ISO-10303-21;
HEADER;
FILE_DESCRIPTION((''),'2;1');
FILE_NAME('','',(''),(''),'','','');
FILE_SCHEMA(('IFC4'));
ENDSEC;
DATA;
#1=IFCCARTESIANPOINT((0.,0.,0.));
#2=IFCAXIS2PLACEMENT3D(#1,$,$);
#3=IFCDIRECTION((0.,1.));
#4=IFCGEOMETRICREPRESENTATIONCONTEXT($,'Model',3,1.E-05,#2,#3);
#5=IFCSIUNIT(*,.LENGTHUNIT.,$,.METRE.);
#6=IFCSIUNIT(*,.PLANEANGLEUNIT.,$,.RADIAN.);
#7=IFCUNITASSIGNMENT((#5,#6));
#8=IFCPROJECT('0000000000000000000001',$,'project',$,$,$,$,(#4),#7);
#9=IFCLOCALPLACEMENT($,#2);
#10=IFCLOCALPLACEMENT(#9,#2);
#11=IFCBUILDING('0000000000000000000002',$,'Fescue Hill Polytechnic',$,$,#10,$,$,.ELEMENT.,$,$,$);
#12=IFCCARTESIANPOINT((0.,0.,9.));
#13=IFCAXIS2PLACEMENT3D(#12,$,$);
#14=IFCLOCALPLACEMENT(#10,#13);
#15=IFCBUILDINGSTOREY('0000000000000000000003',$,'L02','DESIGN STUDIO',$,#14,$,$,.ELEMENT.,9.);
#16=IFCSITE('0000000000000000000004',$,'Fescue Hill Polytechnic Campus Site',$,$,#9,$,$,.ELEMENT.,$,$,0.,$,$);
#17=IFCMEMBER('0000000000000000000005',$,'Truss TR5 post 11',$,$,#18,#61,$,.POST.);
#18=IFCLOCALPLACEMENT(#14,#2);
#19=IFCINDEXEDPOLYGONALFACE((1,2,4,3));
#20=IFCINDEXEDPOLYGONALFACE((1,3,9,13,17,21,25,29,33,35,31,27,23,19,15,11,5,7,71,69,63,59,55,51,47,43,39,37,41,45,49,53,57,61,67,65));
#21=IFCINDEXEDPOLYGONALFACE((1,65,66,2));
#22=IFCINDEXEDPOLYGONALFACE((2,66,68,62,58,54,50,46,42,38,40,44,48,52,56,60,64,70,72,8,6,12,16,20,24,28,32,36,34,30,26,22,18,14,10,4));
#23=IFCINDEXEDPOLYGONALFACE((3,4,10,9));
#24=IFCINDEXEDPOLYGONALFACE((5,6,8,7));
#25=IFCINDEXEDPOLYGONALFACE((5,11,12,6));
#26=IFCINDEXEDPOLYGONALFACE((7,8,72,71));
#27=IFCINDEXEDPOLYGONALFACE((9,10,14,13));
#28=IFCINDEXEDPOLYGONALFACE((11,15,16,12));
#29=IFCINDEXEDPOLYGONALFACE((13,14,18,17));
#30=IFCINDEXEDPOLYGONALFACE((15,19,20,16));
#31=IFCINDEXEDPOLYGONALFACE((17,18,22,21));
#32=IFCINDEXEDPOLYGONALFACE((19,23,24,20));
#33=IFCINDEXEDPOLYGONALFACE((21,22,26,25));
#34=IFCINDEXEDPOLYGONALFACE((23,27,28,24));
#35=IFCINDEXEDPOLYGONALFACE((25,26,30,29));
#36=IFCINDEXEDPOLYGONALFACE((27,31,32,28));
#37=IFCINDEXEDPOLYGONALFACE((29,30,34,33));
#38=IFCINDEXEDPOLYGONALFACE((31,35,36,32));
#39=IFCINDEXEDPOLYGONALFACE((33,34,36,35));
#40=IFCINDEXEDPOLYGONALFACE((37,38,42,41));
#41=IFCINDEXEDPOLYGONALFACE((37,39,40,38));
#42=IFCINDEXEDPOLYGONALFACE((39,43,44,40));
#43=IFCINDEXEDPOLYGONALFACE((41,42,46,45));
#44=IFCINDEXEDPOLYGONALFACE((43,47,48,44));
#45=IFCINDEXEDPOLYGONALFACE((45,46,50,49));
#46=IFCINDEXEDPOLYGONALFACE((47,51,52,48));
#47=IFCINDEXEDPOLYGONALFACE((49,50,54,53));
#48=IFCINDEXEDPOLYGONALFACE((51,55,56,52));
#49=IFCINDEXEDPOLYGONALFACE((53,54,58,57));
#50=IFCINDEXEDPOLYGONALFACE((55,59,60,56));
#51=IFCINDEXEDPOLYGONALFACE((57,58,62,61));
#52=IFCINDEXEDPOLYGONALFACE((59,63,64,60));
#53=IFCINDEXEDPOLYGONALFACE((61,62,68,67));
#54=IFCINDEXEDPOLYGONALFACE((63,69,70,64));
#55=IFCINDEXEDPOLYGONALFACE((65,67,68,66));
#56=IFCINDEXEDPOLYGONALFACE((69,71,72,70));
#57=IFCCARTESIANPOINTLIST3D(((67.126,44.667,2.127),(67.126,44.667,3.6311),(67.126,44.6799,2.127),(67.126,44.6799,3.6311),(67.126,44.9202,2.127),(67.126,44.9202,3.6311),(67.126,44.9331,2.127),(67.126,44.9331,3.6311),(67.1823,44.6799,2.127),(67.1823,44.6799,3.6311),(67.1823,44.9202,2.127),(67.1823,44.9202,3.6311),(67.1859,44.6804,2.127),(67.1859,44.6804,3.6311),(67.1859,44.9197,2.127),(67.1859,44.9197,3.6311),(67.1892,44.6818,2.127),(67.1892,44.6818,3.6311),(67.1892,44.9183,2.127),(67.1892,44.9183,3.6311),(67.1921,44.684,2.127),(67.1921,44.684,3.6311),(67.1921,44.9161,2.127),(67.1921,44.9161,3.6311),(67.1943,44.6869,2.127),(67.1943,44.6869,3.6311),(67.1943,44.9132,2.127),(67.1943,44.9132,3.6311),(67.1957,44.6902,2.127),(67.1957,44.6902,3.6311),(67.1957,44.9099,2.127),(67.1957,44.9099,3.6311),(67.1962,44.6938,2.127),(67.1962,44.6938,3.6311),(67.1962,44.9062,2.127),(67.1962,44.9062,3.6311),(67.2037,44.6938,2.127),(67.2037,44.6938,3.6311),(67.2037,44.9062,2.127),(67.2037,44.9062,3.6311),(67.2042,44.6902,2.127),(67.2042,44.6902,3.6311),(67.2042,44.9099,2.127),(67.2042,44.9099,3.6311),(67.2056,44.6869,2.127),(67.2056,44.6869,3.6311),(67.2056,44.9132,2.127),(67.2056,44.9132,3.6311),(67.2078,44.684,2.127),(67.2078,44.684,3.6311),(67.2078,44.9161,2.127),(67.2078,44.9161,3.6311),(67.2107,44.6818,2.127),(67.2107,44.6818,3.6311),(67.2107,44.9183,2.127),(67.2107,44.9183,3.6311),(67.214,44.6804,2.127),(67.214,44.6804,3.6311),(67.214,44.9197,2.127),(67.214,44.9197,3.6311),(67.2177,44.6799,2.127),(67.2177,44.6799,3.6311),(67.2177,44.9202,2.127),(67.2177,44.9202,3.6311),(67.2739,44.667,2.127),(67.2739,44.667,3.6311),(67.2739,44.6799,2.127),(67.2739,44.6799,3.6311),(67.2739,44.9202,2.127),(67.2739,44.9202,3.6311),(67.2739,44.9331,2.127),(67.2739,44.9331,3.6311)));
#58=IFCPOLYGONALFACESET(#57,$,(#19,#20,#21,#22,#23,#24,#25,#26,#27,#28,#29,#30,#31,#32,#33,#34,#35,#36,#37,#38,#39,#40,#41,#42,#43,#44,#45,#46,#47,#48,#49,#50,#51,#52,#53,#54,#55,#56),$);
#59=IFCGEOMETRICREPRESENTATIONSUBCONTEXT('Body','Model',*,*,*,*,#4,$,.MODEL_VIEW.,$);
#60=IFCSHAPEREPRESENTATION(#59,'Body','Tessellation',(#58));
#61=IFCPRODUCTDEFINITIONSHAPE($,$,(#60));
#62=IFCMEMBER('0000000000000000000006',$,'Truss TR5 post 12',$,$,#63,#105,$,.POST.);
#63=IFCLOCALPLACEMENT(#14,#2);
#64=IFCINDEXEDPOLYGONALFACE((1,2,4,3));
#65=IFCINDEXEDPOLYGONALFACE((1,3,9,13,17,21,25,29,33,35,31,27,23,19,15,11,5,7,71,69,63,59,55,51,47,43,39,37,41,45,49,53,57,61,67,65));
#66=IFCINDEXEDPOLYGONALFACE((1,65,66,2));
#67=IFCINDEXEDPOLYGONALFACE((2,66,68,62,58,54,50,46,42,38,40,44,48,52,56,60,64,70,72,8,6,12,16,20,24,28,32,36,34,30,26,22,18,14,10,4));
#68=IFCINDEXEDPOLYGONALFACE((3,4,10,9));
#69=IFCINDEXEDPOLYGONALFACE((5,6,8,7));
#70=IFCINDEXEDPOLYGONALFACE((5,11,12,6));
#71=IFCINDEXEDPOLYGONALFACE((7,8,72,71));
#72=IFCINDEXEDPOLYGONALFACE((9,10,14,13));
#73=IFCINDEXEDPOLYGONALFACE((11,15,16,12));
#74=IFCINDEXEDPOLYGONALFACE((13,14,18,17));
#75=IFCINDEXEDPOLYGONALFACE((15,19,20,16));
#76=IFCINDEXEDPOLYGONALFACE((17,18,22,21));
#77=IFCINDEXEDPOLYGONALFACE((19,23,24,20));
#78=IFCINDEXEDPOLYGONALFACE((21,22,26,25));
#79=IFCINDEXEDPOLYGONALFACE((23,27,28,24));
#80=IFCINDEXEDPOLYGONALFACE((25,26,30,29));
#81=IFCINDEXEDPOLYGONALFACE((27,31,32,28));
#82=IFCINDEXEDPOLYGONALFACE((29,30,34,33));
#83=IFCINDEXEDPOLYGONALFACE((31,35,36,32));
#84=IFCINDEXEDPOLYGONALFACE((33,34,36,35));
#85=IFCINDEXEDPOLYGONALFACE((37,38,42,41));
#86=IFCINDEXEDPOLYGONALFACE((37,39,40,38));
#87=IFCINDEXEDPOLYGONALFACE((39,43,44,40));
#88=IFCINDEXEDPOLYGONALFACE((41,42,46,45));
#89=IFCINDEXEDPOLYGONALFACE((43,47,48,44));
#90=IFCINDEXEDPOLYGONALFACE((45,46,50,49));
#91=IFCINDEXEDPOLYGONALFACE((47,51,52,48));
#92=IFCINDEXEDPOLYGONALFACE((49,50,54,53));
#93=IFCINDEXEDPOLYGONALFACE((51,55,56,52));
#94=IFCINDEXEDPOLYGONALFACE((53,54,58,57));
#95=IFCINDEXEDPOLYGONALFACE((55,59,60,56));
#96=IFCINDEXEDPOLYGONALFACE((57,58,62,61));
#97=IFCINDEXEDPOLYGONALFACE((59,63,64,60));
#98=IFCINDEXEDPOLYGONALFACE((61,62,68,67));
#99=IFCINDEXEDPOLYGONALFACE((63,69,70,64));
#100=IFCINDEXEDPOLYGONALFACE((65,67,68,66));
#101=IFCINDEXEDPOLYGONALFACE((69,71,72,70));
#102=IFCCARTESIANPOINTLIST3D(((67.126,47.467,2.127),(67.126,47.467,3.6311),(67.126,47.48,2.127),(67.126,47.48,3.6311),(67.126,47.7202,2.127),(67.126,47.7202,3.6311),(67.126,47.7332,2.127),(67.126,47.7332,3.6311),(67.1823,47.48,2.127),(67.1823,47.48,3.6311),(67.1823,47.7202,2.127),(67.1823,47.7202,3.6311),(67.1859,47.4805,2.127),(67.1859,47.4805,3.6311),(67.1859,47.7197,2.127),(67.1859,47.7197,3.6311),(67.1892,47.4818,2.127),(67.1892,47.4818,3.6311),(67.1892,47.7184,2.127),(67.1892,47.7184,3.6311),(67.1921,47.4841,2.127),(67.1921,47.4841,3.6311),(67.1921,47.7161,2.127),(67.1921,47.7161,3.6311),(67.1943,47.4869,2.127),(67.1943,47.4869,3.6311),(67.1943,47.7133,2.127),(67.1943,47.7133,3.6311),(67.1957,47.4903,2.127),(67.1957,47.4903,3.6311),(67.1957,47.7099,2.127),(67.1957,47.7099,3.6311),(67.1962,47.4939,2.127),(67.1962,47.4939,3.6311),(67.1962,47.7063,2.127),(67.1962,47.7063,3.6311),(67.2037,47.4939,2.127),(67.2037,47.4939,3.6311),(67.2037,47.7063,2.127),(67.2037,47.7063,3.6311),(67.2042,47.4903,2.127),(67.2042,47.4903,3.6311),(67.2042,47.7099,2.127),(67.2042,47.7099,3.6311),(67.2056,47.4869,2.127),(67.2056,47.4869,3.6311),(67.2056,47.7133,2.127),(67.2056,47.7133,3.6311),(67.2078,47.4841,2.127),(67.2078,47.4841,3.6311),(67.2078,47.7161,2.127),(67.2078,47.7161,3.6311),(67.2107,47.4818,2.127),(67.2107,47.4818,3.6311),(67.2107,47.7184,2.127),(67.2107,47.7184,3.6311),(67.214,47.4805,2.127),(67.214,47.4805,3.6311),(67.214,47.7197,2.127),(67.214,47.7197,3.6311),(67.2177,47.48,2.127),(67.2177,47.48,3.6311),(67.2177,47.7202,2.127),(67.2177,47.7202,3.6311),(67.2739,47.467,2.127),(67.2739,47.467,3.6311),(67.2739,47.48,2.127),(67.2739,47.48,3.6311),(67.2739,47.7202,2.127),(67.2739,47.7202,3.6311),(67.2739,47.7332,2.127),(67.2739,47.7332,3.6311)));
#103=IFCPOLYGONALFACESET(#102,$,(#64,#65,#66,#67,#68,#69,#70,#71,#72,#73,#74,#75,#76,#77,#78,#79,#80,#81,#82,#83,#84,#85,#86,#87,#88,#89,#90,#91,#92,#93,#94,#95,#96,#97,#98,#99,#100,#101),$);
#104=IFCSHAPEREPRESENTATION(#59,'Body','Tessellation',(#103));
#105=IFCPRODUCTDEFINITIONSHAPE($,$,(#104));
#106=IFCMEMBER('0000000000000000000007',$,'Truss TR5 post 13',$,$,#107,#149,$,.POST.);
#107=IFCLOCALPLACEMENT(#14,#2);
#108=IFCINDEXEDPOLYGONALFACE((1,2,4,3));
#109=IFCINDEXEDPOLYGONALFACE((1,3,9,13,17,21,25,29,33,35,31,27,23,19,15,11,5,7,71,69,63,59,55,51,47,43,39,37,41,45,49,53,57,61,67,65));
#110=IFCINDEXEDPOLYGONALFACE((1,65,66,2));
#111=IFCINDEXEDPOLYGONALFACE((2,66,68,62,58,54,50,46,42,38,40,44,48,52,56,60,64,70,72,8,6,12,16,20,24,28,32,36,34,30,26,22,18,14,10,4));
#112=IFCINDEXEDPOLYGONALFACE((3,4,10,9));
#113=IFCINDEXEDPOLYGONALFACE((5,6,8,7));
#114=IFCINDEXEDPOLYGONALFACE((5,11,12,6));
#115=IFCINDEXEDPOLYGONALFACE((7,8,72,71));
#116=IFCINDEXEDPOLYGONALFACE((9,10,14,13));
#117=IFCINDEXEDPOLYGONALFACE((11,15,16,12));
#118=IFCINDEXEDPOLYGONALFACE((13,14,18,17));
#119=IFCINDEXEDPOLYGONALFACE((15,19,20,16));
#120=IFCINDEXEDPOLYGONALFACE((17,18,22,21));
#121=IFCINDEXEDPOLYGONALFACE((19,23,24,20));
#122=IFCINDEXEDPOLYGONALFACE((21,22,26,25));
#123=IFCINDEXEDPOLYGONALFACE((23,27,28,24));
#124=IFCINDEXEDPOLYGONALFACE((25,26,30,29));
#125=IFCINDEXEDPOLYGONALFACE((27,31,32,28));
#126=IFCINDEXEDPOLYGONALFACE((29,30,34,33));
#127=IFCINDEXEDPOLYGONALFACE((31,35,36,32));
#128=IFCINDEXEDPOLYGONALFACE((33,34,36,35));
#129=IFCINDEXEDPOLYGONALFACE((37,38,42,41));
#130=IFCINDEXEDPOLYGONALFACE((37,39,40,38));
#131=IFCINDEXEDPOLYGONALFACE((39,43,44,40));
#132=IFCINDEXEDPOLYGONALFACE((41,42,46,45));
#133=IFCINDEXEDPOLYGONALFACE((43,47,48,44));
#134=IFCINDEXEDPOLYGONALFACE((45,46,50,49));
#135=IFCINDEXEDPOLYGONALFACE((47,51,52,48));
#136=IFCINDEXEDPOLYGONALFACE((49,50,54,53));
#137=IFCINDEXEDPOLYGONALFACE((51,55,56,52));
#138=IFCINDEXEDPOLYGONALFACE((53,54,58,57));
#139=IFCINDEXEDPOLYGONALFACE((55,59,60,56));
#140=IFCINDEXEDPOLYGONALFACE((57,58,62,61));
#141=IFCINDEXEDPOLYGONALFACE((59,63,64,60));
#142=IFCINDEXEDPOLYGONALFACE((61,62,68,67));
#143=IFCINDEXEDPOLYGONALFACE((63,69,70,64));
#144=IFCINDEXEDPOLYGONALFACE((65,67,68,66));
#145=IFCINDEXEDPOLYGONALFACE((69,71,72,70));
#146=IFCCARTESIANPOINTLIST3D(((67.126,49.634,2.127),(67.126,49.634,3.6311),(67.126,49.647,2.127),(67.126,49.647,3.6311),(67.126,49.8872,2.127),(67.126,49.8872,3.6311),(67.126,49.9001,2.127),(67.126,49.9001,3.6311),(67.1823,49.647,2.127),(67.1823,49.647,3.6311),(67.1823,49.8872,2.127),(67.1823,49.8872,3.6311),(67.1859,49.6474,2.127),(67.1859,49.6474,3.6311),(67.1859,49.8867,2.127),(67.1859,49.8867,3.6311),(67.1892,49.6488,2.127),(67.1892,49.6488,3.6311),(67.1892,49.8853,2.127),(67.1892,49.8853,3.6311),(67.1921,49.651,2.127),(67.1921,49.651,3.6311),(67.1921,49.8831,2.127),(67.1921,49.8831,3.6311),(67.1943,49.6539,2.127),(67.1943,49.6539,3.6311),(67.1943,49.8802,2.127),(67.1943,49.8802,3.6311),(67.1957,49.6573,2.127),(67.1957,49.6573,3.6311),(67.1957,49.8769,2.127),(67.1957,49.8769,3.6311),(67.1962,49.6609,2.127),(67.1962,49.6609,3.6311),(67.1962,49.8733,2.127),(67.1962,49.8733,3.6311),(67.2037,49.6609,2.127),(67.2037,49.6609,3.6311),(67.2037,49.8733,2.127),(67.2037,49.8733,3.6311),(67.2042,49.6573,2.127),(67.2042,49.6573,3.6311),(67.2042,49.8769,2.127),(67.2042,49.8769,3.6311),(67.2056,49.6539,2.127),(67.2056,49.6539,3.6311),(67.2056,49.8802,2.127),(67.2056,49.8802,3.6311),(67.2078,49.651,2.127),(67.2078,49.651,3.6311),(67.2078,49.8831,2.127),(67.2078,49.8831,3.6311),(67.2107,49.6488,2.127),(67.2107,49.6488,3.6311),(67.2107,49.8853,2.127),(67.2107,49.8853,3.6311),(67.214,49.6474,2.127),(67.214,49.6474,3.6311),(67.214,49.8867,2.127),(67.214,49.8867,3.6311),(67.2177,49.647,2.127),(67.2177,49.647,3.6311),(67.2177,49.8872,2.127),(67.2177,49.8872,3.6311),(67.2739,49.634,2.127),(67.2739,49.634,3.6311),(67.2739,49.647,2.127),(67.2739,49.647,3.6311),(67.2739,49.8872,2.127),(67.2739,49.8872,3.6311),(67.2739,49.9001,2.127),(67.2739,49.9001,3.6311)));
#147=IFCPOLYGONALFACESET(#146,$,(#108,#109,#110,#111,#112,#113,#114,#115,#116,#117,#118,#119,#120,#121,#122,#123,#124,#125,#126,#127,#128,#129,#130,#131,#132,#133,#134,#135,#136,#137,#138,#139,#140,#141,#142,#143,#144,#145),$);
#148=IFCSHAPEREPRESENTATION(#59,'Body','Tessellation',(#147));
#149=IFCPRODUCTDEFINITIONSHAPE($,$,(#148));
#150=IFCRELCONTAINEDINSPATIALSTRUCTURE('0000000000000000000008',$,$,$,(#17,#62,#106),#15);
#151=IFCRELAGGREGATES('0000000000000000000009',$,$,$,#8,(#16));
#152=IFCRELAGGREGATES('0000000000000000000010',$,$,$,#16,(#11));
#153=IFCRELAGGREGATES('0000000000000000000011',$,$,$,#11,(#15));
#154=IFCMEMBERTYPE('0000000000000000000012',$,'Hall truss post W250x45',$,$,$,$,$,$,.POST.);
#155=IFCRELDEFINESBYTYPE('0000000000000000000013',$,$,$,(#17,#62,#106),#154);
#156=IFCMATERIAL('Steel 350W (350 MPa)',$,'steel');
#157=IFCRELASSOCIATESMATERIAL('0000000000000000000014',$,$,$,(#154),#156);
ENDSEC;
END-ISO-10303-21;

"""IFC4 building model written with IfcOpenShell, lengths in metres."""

from ifc_helpers import new_model, si_unit, direction, frame, origin, origin_2d, place, context, subcontext, project, spatial, i_section, extrude, material, material_profile, profile_set, type_object, element, save


model = new_model("IFC4")

# Units and contexts
model_context = context("Model", 3, precision=1e-05, world=origin(), true_north=direction((0.0, 1.0)))
body_context = subcontext(model_context, "Body", "Model", "MODEL_VIEW")
ifc_project = project(units=[si_unit("LENGTHUNIT", "METRE"), si_unit("PLANEANGLEUNIT", "RADIAN")], contexts=[model_context])

# Site, building, storey
site_placement = place(None, origin())
site = spatial("IfcSite", under=ifc_project, at=site_placement, Name="Fescue Hill Polytechnic Campus Site", CompositionType="ELEMENT", RefElevation=0.0)
building_placement = place(site_placement, origin())
building = spatial("IfcBuilding", under=site, at=building_placement, Name="Fescue Hill Polytechnic", CompositionType="ELEMENT")
storey_placement = place(building_placement, frame((0.0, 0.0, 9.0)))
storey = spatial("IfcBuildingStorey", under=building, at=storey_placement, Name="L02", Description="DESIGN STUDIO", CompositionType="ELEMENT", Elevation=9.0)

# Members
ifc_material_1 = material(Name="Steel 350W (350 MPa)", Category="steel")
ifc_material_profile_1 = material_profile(ifc_material_1, i_section(OverallWidth=0.1479, OverallDepth=0.2661, WebThickness=0.0076, FlangeThickness=0.0129, FilletRadius=0.0139, at=origin_2d()), Name="W250x45")
ifc_profile_set_1 = profile_set([ifc_material_profile_1], Name="Steel 350W (350 MPa)")
member_type_1 = type_object("IfcMemberType", Name="Hall truss post W250x45", PredefinedType="POST", material=ifc_profile_set_1)
for number, where, z_axis, x_axis, name in (
    (1, (67.2, 44.8, 2.127), (0.0, 0.0, 1.0), (1.0, 0.0, 0.0), "Truss TR5 post 11"),
    (2, (67.2, 47.6001, 2.127), (0.0, 0.0, 1.0), (1.0, 0.0, 0.0), "Truss TR5 post 12"),
    (3, (67.2, 49.7671, 2.127), (0.0, 0.0, 1.0), (1.0, 0.0, 0.0), "Truss TR5 post 13"),
):
    element("IfcMember", number, at=place(storey_placement, frame(where, z_axis=z_axis, x_axis=x_axis)), inside=storey, type_object=member_type_1, Name=name, PredefinedType="POST", context=body_context, shape_type="SweptSolid", body=[
        extrude(i_section(OverallWidth=0.1479, OverallDepth=0.2661, WebThickness=0.0076, FlangeThickness=0.0129, FilletRadius=0.0139, at=origin_2d()), origin(), (0.0, 0.0, 1.0), 1.5042),
    ])

save(model, "model.ifc")
